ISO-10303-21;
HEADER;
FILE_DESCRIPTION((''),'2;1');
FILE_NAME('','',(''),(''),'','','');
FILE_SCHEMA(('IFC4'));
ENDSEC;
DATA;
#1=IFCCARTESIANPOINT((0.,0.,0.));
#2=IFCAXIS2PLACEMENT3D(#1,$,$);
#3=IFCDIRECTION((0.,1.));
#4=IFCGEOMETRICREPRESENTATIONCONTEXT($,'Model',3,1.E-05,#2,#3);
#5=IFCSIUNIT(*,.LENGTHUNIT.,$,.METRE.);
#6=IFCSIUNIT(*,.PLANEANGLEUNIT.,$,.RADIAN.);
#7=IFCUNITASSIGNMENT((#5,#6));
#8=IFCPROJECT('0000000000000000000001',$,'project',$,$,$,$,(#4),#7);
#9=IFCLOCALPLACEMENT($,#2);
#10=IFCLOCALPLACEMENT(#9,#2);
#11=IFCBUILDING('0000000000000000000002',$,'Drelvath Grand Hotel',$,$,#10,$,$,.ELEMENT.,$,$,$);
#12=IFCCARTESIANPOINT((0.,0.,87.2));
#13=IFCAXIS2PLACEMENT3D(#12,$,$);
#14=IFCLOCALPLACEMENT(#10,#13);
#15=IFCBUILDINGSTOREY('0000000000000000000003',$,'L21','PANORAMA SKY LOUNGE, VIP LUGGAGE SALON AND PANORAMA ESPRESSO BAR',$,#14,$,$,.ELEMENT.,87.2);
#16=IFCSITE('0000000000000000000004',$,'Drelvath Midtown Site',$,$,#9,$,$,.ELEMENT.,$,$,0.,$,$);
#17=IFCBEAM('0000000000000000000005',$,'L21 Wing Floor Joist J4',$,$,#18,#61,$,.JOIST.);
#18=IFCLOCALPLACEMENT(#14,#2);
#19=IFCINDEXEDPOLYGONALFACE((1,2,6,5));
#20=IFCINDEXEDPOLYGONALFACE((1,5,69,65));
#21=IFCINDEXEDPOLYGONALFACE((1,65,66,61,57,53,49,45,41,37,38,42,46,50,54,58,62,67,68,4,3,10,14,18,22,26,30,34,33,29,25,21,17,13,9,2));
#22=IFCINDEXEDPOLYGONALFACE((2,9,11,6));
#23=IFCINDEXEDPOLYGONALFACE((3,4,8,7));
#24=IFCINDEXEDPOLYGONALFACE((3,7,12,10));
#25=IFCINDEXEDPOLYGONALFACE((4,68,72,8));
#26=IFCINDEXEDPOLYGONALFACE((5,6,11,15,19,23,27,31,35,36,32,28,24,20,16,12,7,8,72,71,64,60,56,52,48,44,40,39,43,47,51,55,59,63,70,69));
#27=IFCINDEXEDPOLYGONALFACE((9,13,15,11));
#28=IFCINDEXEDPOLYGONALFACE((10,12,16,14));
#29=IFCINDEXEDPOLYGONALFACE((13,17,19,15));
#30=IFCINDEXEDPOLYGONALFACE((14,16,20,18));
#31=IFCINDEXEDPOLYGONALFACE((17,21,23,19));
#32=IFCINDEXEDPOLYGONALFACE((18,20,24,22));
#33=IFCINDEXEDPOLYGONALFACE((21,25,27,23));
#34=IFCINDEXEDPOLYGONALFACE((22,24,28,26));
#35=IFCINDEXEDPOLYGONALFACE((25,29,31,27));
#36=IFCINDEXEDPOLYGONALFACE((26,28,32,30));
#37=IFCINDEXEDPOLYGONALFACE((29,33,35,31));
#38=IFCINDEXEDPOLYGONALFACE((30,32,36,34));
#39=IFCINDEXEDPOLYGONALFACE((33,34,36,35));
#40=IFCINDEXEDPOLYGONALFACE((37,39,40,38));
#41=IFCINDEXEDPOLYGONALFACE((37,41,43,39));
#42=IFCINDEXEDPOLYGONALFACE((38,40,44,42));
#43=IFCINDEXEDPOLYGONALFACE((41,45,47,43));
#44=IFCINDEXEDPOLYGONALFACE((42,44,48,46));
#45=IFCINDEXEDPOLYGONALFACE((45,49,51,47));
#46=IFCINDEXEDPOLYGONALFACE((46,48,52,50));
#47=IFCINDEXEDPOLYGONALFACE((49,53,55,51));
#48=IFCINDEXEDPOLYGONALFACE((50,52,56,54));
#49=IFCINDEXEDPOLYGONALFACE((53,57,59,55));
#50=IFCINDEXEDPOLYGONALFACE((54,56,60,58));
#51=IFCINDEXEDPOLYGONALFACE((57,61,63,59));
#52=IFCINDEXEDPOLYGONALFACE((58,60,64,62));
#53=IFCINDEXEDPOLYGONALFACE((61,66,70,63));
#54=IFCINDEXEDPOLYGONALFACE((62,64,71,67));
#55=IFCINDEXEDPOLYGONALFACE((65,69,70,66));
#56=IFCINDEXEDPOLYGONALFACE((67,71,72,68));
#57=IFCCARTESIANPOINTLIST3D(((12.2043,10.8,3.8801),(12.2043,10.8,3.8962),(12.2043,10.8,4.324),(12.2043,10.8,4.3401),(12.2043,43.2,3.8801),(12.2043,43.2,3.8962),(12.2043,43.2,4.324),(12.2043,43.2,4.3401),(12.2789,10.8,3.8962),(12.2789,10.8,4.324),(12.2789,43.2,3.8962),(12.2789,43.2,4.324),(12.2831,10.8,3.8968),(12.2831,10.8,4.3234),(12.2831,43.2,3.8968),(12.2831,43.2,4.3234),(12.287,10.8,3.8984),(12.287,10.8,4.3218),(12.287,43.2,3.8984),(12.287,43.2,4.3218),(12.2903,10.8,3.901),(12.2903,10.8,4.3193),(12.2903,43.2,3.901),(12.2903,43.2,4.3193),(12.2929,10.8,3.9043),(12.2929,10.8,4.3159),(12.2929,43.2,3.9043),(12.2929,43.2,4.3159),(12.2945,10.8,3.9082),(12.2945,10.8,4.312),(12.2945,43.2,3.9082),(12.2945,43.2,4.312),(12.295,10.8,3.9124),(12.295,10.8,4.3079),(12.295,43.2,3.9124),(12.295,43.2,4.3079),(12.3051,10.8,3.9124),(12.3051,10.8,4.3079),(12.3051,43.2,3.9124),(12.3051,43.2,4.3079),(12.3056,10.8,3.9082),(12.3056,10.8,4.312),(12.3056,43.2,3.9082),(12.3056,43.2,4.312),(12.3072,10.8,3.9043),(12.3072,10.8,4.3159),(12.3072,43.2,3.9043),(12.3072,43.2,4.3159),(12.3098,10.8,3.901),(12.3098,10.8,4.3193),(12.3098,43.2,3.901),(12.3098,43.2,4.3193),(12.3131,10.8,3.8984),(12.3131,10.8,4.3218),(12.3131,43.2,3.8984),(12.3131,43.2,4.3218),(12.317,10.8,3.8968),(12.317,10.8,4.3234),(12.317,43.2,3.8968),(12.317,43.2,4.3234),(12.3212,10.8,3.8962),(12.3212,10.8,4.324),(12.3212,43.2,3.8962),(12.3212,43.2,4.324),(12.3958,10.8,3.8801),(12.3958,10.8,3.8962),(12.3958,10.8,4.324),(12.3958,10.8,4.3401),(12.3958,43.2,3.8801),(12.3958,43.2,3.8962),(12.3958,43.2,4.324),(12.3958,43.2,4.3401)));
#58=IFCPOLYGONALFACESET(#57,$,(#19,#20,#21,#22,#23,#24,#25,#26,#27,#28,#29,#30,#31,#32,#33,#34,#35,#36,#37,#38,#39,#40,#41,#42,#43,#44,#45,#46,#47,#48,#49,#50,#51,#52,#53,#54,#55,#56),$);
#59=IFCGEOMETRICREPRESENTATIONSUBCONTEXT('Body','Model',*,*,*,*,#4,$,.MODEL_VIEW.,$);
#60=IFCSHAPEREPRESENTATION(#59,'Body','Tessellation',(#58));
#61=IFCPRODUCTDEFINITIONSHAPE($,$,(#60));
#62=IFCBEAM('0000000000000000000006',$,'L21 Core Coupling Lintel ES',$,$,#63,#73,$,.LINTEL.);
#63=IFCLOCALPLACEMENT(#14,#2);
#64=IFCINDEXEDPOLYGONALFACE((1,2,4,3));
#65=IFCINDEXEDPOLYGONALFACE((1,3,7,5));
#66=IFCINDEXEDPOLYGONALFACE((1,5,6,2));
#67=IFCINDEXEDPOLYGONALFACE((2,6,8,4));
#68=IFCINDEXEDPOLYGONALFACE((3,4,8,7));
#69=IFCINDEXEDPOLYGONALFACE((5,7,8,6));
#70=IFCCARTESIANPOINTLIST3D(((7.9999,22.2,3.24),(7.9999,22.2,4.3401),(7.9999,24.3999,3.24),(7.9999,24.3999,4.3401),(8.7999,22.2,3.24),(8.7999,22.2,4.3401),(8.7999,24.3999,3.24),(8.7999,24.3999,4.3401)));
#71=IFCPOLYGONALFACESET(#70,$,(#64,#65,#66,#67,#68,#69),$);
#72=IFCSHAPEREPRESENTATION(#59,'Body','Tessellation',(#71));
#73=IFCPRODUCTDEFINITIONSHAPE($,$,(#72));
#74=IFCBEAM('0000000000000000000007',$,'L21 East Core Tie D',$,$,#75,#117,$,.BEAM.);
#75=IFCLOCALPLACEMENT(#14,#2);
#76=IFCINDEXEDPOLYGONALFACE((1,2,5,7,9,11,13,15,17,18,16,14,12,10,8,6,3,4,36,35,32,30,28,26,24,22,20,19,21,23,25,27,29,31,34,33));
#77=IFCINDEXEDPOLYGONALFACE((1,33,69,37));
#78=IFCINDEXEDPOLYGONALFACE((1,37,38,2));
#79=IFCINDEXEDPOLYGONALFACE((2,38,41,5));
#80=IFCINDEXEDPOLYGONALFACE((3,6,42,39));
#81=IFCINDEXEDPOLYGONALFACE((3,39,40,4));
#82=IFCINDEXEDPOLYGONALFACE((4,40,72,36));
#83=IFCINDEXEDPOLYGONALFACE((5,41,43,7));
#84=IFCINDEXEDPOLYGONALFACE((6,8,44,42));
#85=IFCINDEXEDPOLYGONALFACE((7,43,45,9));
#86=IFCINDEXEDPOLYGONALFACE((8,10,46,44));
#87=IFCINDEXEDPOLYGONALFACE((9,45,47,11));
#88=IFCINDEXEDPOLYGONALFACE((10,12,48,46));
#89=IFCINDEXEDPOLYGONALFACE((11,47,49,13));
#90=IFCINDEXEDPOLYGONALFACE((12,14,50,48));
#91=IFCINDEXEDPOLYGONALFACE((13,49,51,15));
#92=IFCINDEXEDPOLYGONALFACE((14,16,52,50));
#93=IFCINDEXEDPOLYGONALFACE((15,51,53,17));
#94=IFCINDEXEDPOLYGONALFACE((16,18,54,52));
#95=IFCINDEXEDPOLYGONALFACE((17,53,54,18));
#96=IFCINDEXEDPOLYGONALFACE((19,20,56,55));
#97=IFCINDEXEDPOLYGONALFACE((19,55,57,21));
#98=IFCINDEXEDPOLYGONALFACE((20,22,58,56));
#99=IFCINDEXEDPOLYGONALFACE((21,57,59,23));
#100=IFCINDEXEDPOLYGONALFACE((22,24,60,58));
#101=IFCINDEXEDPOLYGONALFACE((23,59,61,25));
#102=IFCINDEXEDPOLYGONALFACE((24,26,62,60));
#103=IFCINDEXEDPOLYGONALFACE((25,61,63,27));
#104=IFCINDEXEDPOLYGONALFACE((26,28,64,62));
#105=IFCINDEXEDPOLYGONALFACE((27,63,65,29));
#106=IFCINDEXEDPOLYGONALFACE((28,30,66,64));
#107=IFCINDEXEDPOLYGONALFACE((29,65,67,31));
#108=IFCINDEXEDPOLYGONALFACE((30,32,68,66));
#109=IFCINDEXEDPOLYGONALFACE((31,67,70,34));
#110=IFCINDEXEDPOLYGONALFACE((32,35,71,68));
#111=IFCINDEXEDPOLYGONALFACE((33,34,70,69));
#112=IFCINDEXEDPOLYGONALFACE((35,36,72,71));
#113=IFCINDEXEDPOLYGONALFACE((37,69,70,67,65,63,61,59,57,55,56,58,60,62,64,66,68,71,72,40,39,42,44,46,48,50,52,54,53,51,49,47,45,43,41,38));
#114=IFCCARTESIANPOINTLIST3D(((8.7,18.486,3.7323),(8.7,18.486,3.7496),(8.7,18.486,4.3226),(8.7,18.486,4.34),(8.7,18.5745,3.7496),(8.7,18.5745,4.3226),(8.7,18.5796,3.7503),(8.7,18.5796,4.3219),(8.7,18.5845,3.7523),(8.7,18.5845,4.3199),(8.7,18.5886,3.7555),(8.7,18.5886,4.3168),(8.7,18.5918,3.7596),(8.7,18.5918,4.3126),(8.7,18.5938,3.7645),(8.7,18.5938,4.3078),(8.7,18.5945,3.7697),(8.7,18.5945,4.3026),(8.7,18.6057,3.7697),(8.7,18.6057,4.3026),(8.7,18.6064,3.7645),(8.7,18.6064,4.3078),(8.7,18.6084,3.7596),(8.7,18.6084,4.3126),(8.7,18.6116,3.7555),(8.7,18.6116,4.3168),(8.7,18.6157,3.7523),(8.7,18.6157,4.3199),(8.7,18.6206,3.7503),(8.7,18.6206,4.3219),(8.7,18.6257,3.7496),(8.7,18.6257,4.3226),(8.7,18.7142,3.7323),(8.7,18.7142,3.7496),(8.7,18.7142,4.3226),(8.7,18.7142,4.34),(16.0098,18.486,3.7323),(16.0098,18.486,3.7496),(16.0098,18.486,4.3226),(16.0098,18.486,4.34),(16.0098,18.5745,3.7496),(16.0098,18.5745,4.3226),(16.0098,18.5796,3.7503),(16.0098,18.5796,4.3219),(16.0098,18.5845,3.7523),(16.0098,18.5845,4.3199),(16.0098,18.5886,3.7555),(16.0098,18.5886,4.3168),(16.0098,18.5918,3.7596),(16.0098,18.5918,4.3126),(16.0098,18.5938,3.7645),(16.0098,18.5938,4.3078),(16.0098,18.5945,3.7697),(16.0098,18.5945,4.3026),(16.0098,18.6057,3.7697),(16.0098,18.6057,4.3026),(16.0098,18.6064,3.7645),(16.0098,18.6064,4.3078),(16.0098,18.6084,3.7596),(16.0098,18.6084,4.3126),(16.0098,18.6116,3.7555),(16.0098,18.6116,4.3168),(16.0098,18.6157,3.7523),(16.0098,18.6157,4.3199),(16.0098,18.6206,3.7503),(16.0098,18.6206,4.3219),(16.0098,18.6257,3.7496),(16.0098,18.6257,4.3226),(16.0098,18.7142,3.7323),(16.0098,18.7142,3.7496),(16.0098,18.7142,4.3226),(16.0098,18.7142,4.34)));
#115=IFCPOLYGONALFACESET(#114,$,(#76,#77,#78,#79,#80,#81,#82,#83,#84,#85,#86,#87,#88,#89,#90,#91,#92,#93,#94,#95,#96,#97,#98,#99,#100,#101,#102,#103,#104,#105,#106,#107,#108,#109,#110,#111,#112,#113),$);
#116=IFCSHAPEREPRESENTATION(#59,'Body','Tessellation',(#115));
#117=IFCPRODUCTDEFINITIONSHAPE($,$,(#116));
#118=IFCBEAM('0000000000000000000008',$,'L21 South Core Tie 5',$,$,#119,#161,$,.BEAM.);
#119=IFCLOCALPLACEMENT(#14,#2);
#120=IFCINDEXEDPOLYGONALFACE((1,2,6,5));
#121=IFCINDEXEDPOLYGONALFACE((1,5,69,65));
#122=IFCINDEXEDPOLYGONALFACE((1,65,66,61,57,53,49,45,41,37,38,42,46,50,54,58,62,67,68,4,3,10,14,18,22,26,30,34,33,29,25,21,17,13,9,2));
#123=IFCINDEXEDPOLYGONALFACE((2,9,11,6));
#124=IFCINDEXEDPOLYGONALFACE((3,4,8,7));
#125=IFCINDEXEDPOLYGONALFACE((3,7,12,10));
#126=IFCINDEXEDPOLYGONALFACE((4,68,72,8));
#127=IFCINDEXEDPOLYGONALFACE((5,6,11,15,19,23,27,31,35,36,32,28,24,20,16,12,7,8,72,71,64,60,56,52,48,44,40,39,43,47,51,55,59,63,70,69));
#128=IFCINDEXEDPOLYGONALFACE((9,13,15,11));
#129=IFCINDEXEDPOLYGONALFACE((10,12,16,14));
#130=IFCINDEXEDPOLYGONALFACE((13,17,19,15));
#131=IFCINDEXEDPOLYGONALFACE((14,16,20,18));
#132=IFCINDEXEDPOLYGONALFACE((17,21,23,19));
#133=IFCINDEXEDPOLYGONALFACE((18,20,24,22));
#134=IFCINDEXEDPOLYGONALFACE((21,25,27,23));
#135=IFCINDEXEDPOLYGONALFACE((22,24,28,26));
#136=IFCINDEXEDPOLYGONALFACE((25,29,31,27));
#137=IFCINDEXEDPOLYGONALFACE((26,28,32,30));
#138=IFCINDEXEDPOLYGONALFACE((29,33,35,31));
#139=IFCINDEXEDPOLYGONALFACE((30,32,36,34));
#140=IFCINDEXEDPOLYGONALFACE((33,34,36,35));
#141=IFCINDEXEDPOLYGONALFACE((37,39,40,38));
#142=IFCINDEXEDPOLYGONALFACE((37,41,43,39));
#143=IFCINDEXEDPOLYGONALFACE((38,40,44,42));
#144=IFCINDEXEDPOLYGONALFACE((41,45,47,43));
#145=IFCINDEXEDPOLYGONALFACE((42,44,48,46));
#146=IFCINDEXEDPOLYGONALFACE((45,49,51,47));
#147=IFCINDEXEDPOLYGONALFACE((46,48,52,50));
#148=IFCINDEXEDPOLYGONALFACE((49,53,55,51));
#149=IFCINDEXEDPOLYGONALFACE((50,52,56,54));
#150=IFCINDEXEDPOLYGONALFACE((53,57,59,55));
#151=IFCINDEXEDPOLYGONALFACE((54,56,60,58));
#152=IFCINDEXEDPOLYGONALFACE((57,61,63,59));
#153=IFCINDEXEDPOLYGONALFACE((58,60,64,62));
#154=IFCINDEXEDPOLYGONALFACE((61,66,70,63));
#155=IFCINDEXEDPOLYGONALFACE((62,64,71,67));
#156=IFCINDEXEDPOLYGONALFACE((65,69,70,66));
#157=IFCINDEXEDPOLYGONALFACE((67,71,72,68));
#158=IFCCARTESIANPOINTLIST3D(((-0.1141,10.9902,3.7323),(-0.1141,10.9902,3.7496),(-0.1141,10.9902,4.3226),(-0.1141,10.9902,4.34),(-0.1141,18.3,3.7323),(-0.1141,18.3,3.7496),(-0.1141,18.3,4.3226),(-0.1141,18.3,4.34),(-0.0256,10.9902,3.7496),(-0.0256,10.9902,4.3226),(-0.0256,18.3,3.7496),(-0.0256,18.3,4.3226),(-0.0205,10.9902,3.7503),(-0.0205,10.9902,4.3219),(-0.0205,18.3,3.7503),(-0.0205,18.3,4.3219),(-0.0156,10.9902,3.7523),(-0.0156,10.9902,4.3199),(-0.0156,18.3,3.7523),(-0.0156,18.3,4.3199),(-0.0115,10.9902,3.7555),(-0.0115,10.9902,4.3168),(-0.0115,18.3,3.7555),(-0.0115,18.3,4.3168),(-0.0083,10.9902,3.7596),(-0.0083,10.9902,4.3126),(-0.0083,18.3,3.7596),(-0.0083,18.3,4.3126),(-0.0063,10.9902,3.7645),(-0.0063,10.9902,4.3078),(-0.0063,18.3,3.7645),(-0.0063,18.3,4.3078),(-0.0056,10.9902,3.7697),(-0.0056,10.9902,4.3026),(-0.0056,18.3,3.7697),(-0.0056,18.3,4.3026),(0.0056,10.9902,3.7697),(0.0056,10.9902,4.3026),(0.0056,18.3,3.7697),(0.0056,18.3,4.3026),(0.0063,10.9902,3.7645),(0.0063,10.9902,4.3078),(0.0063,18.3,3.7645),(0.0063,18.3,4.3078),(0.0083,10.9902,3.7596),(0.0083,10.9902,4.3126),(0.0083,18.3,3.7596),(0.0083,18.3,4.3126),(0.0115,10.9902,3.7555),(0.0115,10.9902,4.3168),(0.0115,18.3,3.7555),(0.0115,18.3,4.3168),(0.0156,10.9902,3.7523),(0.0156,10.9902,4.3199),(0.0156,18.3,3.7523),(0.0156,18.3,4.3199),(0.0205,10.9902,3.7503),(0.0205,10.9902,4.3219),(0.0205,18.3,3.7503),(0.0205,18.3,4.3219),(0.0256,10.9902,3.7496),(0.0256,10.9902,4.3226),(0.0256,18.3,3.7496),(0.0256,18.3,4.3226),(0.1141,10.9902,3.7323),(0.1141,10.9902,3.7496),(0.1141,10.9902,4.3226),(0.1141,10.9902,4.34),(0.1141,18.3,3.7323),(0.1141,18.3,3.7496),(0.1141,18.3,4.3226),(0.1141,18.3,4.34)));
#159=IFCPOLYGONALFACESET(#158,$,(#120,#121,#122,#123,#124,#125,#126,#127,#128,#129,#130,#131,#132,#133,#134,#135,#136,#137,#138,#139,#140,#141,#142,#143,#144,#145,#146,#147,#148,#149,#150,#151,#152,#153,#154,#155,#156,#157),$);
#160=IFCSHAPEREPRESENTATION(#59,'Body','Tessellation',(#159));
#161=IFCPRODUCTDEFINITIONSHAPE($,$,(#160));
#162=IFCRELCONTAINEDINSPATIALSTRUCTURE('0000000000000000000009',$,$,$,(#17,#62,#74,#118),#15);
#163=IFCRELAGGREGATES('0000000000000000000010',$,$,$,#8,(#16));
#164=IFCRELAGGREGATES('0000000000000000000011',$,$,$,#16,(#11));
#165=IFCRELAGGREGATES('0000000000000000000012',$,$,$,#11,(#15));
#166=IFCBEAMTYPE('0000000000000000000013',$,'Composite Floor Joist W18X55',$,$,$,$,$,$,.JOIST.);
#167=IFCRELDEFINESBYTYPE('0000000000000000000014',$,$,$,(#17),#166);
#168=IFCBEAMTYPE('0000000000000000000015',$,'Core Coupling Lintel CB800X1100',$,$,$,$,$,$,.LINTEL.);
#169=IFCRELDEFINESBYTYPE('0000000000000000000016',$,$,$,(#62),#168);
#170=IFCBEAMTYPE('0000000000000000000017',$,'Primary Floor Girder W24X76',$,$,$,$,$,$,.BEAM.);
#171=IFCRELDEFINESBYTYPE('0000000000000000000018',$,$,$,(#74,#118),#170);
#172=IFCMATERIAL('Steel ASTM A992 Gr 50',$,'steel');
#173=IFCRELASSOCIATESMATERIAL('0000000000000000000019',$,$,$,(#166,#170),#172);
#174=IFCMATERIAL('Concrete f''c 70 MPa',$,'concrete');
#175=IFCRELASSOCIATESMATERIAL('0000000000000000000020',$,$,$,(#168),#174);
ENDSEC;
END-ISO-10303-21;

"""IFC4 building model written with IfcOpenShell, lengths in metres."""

from ifc_helpers import new_model, si_unit, direction, frame, origin, origin_2d, place, context, subcontext, project, spatial, rectangle, i_section, extrude, material, material_profile, profile_set, type_object, element, save


model = new_model("IFC4")

# Units and contexts
model_context = context("Model", 3, precision=1e-05, world=origin(), true_north=direction((0.0, 1.0)))
body_context = subcontext(model_context, "Body", "Model", "MODEL_VIEW")
ifc_project = project(units=[si_unit("LENGTHUNIT", "METRE"), si_unit("PLANEANGLEUNIT", "RADIAN")], contexts=[model_context])

# Site, building, storey
site_placement = place(None, origin())
site = spatial("IfcSite", under=ifc_project, at=site_placement, Name="Drelvath Midtown Site", CompositionType="ELEMENT", RefElevation=0.0)
building_placement = place(site_placement, origin())
building = spatial("IfcBuilding", under=site, at=building_placement, Name="Drelvath Grand Hotel", CompositionType="ELEMENT")
storey_placement = place(building_placement, frame((0.0, 0.0, 87.2)))
storey = spatial("IfcBuildingStorey", under=building, at=storey_placement, Name="L21", Description="PANORAMA SKY LOUNGE, VIP LUGGAGE SALON AND PANORAMA ESPRESSO BAR", CompositionType="ELEMENT", Elevation=87.2)

# Beams
ifc_material_1 = material(Name="Steel ASTM A992 Gr 50", Category="steel")
ifc_material_profile_1 = material_profile(ifc_material_1, i_section(OverallWidth=0.1914, OverallDepth=0.46, WebThickness=0.01, FlangeThickness=0.0161, FilletRadius=0.0161, at=origin_2d()), Name="W18X55")
ifc_profile_set_1 = profile_set([ifc_material_profile_1], Name="Steel ASTM A992 Gr 50")
beam_type_1 = type_object("IfcBeamType", Name="Composite Floor Joist W18X55", PredefinedType="JOIST", material=ifc_profile_set_1)
beam_1_placement = place(storey_placement, frame((12.3, 10.8, 4.1101), z_axis=(0.0, 1.0, 0.0), x_axis=(-1.0, 0.0, 0.0)))
element("IfcBeam", 1, at=beam_1_placement, inside=storey, type_object=beam_type_1, Name="L21 Wing Floor Joist J4", PredefinedType="JOIST", context=body_context, shape_type="SweptSolid", body=[
    extrude(i_section(OverallWidth=0.1914, OverallDepth=0.46, WebThickness=0.01, FlangeThickness=0.0161, FilletRadius=0.0161, at=origin_2d()), origin(), (0.0, 0.0, 1.0), 32.3999),
])
ifc_material_2 = material(Name="Concrete f'c 70 MPa", Category="concrete")
ifc_material_profile_2 = material_profile(ifc_material_2, rectangle(XDim=0.8, YDim=1.1001, at=origin_2d()), Name="CB800X1100")
ifc_profile_set_2 = profile_set([ifc_material_profile_2], Name="Concrete f'c 70 MPa")
beam_type_2 = type_object("IfcBeamType", Name="Core Coupling Lintel CB800X1100", PredefinedType="LINTEL", material=ifc_profile_set_2)
beam_2_placement = place(storey_placement, frame((8.3999, 22.2, 3.79), z_axis=(0.0, 1.0, 0.0), x_axis=(-1.0, 0.0, 0.0)))
element("IfcBeam", 2, at=beam_2_placement, inside=storey, type_object=beam_type_2, Name="L21 Core Coupling Lintel ES", PredefinedType="LINTEL", context=body_context, shape_type="SweptSolid", body=[
    extrude(rectangle(XDim=0.8, YDim=1.1001, at=origin_2d()), origin(), (0.0, 0.0, 1.0), 2.2),
])
ifc_material_profile_3 = material_profile(ifc_material_1, i_section(OverallWidth=0.2283, OverallDepth=0.6077, WebThickness=0.0112, FlangeThickness=0.0173, FilletRadius=0.02, at=origin_2d()), Name="W24X76")
ifc_profile_set_3 = profile_set([ifc_material_profile_3], Name="Steel ASTM A992 Gr 50")
beam_type_3 = type_object("IfcBeamType", Name="Primary Floor Girder W24X76", PredefinedType="BEAM", material=ifc_profile_set_3)
for number, where, z_axis, x_axis, name in (
    (3, (8.7, 18.6001, 4.0361), (1.0, 0.0, 0.0), (0.0, 1.0, 0.0), "L21 East Core Tie D"),
    (4, (0.0, 10.9902, 4.0361), (0.0, 1.0, 0.0), (-1.0, 0.0, 0.0), "L21 South Core Tie 5"),
):
    element("IfcBeam", number, at=place(storey_placement, frame(where, z_axis=z_axis, x_axis=x_axis)), inside=storey, type_object=beam_type_3, Name=name, PredefinedType="BEAM", context=body_context, shape_type="SweptSolid", body=[
        extrude(i_section(OverallWidth=0.2283, OverallDepth=0.6077, WebThickness=0.0112, FlangeThickness=0.0173, FilletRadius=0.02, at=origin_2d()), origin(), (0.0, 0.0, 1.0), 7.3098),
    ])

save(model, "model.ifc")
